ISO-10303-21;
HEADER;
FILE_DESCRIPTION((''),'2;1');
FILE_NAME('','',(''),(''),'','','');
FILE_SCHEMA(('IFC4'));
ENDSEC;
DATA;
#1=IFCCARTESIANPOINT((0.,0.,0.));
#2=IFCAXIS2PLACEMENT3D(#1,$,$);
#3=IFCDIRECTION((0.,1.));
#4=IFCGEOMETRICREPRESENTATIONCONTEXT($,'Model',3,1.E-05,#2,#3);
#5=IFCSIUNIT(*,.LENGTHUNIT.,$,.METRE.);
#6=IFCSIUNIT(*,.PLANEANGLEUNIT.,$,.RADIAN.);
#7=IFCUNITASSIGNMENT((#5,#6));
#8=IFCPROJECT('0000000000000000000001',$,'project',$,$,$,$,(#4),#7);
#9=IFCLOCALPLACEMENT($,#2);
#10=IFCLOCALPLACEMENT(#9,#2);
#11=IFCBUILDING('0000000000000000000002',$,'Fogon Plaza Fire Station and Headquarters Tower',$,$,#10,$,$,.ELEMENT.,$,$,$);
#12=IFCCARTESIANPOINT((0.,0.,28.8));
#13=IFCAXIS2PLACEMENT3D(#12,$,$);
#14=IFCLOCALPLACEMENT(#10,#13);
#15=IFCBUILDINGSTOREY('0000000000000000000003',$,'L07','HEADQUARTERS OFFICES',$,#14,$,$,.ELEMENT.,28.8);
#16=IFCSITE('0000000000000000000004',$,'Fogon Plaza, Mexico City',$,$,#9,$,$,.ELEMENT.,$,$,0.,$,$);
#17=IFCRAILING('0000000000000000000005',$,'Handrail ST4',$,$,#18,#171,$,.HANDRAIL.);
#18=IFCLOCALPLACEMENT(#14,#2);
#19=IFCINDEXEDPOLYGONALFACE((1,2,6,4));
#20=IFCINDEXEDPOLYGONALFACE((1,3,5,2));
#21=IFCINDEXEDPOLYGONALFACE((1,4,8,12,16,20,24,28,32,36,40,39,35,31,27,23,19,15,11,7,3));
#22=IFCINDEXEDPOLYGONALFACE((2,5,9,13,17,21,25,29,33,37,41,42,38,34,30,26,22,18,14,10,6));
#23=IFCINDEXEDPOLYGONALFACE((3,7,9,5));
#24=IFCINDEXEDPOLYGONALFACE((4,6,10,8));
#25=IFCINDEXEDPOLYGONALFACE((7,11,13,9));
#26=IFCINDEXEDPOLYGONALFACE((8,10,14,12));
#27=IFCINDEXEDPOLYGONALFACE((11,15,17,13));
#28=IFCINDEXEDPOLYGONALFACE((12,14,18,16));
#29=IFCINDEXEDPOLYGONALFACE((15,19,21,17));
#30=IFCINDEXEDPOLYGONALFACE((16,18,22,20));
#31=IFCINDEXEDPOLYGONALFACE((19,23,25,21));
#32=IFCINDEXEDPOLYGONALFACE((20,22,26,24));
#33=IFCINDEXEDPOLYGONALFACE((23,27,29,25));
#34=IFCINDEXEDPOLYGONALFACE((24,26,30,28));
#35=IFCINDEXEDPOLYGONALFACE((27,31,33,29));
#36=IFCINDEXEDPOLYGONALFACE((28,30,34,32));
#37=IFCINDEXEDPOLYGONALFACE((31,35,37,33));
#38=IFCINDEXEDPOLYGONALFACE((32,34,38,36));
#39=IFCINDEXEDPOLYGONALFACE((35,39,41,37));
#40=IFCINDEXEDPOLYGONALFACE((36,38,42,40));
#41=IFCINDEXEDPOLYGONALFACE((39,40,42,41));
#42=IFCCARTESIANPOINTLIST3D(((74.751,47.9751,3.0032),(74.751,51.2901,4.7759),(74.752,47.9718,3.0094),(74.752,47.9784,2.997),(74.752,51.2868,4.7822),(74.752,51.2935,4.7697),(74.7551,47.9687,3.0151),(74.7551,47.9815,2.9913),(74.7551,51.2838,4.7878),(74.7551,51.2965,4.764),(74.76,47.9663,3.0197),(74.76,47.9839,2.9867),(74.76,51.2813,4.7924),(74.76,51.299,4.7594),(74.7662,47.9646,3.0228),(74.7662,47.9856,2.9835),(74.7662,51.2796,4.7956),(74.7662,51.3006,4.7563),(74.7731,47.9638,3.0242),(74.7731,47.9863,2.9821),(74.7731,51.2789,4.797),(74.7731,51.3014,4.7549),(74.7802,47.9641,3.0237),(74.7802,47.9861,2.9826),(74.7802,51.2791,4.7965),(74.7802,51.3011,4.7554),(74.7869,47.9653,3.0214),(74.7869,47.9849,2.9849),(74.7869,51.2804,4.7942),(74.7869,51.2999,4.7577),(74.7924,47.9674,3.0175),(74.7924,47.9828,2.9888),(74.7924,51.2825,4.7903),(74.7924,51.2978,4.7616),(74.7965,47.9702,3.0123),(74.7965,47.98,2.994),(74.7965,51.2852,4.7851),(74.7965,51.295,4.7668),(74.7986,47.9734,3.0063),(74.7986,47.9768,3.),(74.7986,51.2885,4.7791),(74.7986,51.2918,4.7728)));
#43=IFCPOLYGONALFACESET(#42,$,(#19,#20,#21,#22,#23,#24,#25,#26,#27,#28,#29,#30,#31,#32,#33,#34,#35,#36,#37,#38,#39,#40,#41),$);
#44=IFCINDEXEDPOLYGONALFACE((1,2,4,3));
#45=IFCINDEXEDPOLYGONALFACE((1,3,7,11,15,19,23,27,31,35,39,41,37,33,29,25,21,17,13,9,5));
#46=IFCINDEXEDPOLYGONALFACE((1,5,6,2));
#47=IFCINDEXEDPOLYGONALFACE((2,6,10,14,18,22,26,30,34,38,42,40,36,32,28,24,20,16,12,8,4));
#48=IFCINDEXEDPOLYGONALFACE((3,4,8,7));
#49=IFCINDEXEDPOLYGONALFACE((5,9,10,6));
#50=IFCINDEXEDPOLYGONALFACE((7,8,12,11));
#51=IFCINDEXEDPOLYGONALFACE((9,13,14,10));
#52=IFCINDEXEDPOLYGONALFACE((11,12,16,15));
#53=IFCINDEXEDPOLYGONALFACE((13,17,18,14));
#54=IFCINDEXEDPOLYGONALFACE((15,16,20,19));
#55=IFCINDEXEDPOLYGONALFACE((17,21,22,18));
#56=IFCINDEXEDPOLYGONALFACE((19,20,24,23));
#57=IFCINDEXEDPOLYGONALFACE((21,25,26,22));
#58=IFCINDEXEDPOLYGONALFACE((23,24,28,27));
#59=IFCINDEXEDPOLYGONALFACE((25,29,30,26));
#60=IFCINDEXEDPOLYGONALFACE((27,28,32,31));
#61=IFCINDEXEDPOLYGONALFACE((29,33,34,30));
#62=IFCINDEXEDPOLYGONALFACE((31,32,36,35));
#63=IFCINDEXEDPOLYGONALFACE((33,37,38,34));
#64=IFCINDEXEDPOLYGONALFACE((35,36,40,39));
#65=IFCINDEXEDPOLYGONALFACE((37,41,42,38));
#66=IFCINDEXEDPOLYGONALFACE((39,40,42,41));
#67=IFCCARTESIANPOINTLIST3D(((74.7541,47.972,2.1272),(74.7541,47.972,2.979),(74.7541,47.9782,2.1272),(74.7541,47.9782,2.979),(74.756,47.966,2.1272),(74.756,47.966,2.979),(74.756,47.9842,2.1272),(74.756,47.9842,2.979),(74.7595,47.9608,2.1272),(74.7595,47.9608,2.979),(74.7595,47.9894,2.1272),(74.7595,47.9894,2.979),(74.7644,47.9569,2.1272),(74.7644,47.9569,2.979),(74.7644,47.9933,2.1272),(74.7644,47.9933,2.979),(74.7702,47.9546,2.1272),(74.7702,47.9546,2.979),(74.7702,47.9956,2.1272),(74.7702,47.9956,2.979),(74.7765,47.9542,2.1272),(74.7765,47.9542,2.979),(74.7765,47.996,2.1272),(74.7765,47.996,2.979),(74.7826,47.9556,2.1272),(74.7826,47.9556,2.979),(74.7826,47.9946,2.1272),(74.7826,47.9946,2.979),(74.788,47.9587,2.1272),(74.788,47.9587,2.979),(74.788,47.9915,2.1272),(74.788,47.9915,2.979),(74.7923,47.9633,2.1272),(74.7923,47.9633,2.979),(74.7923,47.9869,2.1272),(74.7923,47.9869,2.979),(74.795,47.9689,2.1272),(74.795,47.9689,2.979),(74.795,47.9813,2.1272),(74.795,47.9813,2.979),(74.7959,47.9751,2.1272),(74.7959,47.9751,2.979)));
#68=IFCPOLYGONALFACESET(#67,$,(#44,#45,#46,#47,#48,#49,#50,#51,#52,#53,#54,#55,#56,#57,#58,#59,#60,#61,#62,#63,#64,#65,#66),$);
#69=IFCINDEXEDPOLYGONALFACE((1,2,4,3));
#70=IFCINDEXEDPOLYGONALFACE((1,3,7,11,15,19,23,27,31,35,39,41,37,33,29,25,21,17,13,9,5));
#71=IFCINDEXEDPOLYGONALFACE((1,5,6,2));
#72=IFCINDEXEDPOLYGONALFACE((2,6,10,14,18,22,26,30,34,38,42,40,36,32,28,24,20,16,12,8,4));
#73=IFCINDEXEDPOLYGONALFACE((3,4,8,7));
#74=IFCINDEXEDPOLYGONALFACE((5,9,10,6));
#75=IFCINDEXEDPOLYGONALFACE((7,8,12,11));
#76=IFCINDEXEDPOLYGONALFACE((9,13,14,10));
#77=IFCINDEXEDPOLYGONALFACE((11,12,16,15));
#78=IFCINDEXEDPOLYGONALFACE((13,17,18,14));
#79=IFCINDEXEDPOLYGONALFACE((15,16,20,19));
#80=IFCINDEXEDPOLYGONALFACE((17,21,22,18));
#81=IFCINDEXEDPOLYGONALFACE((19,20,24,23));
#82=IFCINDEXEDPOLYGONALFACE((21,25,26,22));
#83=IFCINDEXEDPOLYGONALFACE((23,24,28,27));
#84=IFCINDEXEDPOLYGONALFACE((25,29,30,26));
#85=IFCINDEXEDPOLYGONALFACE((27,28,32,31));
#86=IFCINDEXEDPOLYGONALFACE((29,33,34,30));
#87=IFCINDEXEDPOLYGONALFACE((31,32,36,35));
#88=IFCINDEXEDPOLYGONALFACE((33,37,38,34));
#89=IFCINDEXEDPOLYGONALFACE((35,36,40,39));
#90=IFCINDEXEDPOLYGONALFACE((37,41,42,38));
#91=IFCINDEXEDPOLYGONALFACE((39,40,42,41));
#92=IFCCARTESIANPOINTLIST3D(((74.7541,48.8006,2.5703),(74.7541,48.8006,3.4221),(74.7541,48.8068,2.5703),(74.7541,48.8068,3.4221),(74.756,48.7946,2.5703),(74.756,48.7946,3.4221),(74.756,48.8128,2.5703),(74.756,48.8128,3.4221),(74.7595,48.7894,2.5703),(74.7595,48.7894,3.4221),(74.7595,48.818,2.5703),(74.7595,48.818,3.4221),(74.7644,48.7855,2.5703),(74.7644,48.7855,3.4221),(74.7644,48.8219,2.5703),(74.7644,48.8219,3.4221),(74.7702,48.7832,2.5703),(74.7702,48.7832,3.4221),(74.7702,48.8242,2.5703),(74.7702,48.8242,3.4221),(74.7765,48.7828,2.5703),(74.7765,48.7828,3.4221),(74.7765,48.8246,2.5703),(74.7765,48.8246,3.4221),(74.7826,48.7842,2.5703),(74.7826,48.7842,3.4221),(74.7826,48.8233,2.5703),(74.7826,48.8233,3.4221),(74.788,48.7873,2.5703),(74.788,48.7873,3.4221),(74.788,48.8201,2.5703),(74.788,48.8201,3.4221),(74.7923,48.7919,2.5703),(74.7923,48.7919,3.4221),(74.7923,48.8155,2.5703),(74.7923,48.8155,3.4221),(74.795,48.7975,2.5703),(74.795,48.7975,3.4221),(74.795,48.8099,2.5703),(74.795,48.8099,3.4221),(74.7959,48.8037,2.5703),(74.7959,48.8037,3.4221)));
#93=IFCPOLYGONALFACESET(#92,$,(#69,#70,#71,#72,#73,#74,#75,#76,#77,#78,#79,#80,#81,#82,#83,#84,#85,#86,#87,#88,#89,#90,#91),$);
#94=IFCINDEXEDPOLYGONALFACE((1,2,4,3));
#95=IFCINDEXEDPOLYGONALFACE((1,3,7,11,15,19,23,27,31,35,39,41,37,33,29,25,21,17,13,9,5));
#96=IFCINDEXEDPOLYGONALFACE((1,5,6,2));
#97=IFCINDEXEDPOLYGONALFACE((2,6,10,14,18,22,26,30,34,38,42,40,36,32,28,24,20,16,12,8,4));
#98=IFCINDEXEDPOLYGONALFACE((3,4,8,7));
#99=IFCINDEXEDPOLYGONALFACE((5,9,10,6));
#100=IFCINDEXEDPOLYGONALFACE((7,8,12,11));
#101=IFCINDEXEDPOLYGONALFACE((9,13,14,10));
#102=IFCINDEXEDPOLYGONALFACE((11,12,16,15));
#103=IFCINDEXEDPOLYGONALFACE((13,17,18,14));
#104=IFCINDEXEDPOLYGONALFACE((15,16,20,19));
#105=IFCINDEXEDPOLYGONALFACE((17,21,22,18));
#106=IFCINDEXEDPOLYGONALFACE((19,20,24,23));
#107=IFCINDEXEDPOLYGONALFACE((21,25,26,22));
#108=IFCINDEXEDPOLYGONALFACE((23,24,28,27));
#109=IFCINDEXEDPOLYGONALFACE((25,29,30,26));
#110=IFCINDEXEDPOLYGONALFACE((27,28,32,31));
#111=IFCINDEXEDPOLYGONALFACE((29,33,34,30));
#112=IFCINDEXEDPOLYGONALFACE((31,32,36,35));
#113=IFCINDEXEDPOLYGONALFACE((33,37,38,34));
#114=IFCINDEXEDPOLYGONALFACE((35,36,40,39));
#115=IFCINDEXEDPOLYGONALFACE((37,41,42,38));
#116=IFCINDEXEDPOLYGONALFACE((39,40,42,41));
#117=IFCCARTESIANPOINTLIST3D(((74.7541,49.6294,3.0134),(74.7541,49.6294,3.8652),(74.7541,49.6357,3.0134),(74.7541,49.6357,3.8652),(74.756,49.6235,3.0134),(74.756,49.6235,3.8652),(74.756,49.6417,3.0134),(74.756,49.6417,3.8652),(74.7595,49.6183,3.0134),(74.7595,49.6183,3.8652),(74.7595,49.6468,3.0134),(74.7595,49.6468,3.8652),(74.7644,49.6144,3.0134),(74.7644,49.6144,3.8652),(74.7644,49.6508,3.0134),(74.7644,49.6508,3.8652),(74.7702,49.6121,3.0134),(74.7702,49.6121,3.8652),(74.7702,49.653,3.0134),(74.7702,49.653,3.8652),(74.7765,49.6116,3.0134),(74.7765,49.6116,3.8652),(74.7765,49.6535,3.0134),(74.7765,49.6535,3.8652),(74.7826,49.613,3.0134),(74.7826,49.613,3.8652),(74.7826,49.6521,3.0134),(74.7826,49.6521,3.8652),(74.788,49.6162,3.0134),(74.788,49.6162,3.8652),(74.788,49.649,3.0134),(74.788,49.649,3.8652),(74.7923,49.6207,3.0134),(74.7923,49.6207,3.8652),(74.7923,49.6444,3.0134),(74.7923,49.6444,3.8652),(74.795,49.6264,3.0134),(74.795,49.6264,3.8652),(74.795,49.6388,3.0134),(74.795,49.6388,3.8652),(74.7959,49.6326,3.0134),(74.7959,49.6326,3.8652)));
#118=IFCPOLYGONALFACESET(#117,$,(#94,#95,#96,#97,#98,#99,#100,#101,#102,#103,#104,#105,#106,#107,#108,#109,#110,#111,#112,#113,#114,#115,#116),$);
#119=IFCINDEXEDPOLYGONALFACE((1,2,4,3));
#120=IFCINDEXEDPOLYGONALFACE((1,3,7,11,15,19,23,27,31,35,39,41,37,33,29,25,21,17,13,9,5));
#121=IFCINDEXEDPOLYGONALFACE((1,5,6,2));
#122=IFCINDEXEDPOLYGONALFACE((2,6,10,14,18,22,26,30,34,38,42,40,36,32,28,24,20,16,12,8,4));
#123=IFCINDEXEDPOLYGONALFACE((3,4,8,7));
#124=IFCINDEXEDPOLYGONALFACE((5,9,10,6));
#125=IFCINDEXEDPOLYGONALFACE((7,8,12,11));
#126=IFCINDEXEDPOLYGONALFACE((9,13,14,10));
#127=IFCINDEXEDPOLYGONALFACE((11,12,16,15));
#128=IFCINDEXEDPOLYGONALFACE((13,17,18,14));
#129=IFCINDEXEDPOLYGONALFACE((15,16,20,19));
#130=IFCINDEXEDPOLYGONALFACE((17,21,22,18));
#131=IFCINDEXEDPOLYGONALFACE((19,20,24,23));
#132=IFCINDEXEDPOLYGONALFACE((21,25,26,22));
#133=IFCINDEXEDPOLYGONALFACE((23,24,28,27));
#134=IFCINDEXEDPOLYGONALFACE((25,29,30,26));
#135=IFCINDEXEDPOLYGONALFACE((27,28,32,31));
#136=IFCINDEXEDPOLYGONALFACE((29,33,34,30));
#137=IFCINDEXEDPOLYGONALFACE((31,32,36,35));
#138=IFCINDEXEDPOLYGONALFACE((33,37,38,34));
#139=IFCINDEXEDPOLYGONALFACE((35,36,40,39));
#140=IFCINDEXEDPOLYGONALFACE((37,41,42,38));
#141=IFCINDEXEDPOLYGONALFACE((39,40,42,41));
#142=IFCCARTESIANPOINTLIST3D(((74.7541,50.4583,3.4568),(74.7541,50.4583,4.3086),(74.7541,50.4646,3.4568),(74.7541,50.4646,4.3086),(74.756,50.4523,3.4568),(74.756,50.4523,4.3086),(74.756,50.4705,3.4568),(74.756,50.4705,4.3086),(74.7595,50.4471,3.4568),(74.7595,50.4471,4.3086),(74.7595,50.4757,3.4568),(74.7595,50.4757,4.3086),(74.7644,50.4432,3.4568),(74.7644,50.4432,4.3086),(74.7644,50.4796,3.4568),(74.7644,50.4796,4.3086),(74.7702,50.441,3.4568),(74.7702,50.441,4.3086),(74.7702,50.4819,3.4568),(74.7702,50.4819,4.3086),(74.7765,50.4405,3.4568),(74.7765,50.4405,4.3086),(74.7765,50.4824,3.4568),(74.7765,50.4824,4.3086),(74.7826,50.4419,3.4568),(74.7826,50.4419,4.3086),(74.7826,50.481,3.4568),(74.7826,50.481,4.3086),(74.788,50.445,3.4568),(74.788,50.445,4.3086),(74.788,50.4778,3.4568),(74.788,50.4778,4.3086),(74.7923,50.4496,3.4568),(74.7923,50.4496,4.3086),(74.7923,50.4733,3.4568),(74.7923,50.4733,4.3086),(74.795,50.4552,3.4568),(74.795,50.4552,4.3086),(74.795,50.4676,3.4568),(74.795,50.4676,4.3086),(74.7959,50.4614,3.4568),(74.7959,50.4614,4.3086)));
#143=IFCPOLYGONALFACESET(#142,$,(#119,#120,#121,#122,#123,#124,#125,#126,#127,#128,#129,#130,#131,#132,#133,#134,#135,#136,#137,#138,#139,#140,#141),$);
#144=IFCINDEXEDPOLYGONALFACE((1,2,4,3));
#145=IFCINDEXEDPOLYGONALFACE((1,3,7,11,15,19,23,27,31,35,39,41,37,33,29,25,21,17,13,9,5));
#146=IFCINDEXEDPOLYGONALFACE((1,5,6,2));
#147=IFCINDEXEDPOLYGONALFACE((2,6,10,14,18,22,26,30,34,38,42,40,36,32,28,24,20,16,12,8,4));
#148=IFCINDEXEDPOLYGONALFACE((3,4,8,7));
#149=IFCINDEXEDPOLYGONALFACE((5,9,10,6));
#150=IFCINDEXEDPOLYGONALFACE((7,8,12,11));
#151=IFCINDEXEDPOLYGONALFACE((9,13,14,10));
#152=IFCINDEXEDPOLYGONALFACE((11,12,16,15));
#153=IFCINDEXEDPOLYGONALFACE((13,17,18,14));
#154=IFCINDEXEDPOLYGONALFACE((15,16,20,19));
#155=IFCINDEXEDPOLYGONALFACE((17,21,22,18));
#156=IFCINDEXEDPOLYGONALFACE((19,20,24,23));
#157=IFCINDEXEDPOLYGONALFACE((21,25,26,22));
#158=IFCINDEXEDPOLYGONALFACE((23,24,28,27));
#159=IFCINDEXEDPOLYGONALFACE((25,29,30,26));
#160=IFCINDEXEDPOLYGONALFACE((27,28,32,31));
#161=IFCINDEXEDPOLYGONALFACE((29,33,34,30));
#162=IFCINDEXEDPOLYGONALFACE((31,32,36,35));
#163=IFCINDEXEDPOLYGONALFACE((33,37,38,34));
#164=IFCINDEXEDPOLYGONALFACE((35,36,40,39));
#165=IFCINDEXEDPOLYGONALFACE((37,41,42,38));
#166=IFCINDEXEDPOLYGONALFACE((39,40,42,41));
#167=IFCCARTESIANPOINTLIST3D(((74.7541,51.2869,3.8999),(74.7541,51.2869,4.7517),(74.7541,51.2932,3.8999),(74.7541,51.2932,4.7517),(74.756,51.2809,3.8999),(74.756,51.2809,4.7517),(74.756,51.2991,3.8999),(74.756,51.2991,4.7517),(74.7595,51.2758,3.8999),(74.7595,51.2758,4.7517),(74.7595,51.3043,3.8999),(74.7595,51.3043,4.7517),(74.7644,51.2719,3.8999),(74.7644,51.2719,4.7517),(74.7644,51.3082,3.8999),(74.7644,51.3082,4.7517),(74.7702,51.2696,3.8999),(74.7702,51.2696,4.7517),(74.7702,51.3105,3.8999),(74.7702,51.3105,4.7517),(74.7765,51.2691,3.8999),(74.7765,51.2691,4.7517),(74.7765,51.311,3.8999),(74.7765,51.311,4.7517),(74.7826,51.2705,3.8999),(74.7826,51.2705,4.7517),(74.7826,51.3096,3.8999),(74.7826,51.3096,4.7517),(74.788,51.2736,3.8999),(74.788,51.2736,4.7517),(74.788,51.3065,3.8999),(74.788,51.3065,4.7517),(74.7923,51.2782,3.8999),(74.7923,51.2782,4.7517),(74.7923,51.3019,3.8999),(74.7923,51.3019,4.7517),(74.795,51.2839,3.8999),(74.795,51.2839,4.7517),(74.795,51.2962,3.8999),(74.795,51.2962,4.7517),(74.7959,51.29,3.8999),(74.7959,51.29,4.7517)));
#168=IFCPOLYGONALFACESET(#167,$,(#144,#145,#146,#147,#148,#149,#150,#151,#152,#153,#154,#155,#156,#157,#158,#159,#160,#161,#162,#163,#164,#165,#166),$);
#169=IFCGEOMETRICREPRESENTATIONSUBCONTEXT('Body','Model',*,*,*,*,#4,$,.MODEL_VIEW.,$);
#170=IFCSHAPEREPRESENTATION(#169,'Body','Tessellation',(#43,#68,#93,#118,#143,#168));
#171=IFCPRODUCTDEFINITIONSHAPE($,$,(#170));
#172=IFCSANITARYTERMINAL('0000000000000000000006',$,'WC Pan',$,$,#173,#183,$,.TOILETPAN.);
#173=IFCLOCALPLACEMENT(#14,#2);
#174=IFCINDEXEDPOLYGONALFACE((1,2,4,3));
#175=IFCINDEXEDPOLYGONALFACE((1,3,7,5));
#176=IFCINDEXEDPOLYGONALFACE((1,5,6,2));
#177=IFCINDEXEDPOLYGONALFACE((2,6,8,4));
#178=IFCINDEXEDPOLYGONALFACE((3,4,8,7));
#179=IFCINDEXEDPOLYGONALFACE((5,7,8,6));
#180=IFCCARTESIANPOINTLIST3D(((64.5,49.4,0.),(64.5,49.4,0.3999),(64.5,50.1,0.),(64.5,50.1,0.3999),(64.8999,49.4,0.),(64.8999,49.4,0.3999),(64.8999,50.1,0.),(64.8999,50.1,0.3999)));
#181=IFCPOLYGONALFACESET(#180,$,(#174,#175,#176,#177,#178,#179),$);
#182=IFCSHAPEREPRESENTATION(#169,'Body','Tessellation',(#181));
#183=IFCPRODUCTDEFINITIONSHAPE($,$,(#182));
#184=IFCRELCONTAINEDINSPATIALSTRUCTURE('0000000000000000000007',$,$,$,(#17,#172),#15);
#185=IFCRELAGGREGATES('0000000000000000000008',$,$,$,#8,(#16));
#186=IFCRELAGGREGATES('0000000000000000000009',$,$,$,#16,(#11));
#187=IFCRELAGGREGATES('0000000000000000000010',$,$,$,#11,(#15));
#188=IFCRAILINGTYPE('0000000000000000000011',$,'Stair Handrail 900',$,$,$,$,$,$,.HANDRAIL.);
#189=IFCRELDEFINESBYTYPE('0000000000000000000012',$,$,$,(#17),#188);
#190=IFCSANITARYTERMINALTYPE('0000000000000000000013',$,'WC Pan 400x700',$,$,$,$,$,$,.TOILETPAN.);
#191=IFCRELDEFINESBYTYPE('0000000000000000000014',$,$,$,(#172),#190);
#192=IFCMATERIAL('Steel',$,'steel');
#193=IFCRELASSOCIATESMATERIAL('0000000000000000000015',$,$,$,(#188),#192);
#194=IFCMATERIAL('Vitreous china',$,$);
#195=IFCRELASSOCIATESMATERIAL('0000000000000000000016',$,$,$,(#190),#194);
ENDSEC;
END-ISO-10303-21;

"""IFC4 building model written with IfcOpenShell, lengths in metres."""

from ifc_helpers import new_model, si_unit, direction, frame, origin, origin_2d, place, context, subcontext, project, spatial, rectangle, circle, extrude, material, type_object, element, save


model = new_model("IFC4")

# Units and contexts
model_context = context("Model", 3, precision=1e-05, world=origin(), true_north=direction((0.0, 1.0)))
body_context = subcontext(model_context, "Body", "Model", "MODEL_VIEW")
ifc_project = project(units=[si_unit("LENGTHUNIT", "METRE"), si_unit("PLANEANGLEUNIT", "RADIAN")], contexts=[model_context])

# Site, building, storey
site_placement = place(None, origin())
site = spatial("IfcSite", under=ifc_project, at=site_placement, Name="Fogon Plaza, Mexico City", CompositionType="ELEMENT", RefElevation=0.0)
building_placement = place(site_placement, origin())
building = spatial("IfcBuilding", under=site, at=building_placement, Name="Fogon Plaza Fire Station and Headquarters Tower", CompositionType="ELEMENT")
storey_placement = place(building_placement, frame((0.0, 0.0, 28.8)))
storey = spatial("IfcBuildingStorey", under=building, at=storey_placement, Name="L07", Description="HEADQUARTERS OFFICES", CompositionType="ELEMENT", Elevation=28.8)

# Railing
ifc_material_1 = material(Name="Steel", Category="steel")
railing_type = type_object("IfcRailingType", Name="Stair Handrail 900", PredefinedType="HANDRAIL", material=ifc_material_1)
for number, where, name in (
    (1, (74.7749, 47.9751, 2.1272), "Handrail ST4"),
):
    element("IfcRailing", number, at=place(storey_placement, frame(where)), inside=storey, type_object=railing_type, Name=name, PredefinedType="HANDRAIL", context=body_context, shape_type="SweptSolid", body=[
        extrude(circle(Radius=0.0239, at=origin_2d()), frame((0.0, 0.0, 0.876), z_axis=(0.0, 0.881829, 0.471569), x_axis=(-1.0, 0.0, 0.0)), (0.0, 0.0, 1.0), 3.7593),
        extrude(circle(Radius=0.021, at=origin_2d()), origin(), (0.0, 0.0, 1.0), 0.8518),
        extrude(circle(Radius=0.021, at=origin_2d()), frame((0.0, 0.8286, 0.4431)), (0.0, 0.0, 1.0), 0.8518),
        extrude(circle(Radius=0.021, at=origin_2d()), frame((0.0, 1.6575, 0.8862)), (0.0, 0.0, 1.0), 0.8518),
        extrude(circle(Radius=0.021, at=origin_2d()), frame((0.0, 2.4863, 1.3296)), (0.0, 0.0, 1.0), 0.8518),
        extrude(circle(Radius=0.021, at=origin_2d()), frame((0.0, 3.3149, 1.7727)), (0.0, 0.0, 1.0), 0.8518),
    ])

# Sanitary terminal
ifc_material_2 = material(Name="Vitreous china")
sanitary_terminal_type = type_object("IfcSanitaryTerminalType", Name="WC Pan 400x700", PredefinedType="TOILETPAN", material=ifc_material_2)
sanitary_terminal_placement = place(storey_placement, frame((64.7, 49.75, 0.0), z_axis=(0.0, 0.0, 1.0), x_axis=(1.0, 0.0, 0.0)))
element("IfcSanitaryTerminal", 2, at=sanitary_terminal_placement, inside=storey, type_object=sanitary_terminal_type, Name="WC Pan", PredefinedType="TOILETPAN", context=body_context, shape_type="SweptSolid", body=[
    extrude(rectangle(XDim=0.3999, YDim=0.7, at=origin_2d()), origin(), (0.0, 0.0, 1.0), 0.3999),
])

save(model, "model.ifc")
